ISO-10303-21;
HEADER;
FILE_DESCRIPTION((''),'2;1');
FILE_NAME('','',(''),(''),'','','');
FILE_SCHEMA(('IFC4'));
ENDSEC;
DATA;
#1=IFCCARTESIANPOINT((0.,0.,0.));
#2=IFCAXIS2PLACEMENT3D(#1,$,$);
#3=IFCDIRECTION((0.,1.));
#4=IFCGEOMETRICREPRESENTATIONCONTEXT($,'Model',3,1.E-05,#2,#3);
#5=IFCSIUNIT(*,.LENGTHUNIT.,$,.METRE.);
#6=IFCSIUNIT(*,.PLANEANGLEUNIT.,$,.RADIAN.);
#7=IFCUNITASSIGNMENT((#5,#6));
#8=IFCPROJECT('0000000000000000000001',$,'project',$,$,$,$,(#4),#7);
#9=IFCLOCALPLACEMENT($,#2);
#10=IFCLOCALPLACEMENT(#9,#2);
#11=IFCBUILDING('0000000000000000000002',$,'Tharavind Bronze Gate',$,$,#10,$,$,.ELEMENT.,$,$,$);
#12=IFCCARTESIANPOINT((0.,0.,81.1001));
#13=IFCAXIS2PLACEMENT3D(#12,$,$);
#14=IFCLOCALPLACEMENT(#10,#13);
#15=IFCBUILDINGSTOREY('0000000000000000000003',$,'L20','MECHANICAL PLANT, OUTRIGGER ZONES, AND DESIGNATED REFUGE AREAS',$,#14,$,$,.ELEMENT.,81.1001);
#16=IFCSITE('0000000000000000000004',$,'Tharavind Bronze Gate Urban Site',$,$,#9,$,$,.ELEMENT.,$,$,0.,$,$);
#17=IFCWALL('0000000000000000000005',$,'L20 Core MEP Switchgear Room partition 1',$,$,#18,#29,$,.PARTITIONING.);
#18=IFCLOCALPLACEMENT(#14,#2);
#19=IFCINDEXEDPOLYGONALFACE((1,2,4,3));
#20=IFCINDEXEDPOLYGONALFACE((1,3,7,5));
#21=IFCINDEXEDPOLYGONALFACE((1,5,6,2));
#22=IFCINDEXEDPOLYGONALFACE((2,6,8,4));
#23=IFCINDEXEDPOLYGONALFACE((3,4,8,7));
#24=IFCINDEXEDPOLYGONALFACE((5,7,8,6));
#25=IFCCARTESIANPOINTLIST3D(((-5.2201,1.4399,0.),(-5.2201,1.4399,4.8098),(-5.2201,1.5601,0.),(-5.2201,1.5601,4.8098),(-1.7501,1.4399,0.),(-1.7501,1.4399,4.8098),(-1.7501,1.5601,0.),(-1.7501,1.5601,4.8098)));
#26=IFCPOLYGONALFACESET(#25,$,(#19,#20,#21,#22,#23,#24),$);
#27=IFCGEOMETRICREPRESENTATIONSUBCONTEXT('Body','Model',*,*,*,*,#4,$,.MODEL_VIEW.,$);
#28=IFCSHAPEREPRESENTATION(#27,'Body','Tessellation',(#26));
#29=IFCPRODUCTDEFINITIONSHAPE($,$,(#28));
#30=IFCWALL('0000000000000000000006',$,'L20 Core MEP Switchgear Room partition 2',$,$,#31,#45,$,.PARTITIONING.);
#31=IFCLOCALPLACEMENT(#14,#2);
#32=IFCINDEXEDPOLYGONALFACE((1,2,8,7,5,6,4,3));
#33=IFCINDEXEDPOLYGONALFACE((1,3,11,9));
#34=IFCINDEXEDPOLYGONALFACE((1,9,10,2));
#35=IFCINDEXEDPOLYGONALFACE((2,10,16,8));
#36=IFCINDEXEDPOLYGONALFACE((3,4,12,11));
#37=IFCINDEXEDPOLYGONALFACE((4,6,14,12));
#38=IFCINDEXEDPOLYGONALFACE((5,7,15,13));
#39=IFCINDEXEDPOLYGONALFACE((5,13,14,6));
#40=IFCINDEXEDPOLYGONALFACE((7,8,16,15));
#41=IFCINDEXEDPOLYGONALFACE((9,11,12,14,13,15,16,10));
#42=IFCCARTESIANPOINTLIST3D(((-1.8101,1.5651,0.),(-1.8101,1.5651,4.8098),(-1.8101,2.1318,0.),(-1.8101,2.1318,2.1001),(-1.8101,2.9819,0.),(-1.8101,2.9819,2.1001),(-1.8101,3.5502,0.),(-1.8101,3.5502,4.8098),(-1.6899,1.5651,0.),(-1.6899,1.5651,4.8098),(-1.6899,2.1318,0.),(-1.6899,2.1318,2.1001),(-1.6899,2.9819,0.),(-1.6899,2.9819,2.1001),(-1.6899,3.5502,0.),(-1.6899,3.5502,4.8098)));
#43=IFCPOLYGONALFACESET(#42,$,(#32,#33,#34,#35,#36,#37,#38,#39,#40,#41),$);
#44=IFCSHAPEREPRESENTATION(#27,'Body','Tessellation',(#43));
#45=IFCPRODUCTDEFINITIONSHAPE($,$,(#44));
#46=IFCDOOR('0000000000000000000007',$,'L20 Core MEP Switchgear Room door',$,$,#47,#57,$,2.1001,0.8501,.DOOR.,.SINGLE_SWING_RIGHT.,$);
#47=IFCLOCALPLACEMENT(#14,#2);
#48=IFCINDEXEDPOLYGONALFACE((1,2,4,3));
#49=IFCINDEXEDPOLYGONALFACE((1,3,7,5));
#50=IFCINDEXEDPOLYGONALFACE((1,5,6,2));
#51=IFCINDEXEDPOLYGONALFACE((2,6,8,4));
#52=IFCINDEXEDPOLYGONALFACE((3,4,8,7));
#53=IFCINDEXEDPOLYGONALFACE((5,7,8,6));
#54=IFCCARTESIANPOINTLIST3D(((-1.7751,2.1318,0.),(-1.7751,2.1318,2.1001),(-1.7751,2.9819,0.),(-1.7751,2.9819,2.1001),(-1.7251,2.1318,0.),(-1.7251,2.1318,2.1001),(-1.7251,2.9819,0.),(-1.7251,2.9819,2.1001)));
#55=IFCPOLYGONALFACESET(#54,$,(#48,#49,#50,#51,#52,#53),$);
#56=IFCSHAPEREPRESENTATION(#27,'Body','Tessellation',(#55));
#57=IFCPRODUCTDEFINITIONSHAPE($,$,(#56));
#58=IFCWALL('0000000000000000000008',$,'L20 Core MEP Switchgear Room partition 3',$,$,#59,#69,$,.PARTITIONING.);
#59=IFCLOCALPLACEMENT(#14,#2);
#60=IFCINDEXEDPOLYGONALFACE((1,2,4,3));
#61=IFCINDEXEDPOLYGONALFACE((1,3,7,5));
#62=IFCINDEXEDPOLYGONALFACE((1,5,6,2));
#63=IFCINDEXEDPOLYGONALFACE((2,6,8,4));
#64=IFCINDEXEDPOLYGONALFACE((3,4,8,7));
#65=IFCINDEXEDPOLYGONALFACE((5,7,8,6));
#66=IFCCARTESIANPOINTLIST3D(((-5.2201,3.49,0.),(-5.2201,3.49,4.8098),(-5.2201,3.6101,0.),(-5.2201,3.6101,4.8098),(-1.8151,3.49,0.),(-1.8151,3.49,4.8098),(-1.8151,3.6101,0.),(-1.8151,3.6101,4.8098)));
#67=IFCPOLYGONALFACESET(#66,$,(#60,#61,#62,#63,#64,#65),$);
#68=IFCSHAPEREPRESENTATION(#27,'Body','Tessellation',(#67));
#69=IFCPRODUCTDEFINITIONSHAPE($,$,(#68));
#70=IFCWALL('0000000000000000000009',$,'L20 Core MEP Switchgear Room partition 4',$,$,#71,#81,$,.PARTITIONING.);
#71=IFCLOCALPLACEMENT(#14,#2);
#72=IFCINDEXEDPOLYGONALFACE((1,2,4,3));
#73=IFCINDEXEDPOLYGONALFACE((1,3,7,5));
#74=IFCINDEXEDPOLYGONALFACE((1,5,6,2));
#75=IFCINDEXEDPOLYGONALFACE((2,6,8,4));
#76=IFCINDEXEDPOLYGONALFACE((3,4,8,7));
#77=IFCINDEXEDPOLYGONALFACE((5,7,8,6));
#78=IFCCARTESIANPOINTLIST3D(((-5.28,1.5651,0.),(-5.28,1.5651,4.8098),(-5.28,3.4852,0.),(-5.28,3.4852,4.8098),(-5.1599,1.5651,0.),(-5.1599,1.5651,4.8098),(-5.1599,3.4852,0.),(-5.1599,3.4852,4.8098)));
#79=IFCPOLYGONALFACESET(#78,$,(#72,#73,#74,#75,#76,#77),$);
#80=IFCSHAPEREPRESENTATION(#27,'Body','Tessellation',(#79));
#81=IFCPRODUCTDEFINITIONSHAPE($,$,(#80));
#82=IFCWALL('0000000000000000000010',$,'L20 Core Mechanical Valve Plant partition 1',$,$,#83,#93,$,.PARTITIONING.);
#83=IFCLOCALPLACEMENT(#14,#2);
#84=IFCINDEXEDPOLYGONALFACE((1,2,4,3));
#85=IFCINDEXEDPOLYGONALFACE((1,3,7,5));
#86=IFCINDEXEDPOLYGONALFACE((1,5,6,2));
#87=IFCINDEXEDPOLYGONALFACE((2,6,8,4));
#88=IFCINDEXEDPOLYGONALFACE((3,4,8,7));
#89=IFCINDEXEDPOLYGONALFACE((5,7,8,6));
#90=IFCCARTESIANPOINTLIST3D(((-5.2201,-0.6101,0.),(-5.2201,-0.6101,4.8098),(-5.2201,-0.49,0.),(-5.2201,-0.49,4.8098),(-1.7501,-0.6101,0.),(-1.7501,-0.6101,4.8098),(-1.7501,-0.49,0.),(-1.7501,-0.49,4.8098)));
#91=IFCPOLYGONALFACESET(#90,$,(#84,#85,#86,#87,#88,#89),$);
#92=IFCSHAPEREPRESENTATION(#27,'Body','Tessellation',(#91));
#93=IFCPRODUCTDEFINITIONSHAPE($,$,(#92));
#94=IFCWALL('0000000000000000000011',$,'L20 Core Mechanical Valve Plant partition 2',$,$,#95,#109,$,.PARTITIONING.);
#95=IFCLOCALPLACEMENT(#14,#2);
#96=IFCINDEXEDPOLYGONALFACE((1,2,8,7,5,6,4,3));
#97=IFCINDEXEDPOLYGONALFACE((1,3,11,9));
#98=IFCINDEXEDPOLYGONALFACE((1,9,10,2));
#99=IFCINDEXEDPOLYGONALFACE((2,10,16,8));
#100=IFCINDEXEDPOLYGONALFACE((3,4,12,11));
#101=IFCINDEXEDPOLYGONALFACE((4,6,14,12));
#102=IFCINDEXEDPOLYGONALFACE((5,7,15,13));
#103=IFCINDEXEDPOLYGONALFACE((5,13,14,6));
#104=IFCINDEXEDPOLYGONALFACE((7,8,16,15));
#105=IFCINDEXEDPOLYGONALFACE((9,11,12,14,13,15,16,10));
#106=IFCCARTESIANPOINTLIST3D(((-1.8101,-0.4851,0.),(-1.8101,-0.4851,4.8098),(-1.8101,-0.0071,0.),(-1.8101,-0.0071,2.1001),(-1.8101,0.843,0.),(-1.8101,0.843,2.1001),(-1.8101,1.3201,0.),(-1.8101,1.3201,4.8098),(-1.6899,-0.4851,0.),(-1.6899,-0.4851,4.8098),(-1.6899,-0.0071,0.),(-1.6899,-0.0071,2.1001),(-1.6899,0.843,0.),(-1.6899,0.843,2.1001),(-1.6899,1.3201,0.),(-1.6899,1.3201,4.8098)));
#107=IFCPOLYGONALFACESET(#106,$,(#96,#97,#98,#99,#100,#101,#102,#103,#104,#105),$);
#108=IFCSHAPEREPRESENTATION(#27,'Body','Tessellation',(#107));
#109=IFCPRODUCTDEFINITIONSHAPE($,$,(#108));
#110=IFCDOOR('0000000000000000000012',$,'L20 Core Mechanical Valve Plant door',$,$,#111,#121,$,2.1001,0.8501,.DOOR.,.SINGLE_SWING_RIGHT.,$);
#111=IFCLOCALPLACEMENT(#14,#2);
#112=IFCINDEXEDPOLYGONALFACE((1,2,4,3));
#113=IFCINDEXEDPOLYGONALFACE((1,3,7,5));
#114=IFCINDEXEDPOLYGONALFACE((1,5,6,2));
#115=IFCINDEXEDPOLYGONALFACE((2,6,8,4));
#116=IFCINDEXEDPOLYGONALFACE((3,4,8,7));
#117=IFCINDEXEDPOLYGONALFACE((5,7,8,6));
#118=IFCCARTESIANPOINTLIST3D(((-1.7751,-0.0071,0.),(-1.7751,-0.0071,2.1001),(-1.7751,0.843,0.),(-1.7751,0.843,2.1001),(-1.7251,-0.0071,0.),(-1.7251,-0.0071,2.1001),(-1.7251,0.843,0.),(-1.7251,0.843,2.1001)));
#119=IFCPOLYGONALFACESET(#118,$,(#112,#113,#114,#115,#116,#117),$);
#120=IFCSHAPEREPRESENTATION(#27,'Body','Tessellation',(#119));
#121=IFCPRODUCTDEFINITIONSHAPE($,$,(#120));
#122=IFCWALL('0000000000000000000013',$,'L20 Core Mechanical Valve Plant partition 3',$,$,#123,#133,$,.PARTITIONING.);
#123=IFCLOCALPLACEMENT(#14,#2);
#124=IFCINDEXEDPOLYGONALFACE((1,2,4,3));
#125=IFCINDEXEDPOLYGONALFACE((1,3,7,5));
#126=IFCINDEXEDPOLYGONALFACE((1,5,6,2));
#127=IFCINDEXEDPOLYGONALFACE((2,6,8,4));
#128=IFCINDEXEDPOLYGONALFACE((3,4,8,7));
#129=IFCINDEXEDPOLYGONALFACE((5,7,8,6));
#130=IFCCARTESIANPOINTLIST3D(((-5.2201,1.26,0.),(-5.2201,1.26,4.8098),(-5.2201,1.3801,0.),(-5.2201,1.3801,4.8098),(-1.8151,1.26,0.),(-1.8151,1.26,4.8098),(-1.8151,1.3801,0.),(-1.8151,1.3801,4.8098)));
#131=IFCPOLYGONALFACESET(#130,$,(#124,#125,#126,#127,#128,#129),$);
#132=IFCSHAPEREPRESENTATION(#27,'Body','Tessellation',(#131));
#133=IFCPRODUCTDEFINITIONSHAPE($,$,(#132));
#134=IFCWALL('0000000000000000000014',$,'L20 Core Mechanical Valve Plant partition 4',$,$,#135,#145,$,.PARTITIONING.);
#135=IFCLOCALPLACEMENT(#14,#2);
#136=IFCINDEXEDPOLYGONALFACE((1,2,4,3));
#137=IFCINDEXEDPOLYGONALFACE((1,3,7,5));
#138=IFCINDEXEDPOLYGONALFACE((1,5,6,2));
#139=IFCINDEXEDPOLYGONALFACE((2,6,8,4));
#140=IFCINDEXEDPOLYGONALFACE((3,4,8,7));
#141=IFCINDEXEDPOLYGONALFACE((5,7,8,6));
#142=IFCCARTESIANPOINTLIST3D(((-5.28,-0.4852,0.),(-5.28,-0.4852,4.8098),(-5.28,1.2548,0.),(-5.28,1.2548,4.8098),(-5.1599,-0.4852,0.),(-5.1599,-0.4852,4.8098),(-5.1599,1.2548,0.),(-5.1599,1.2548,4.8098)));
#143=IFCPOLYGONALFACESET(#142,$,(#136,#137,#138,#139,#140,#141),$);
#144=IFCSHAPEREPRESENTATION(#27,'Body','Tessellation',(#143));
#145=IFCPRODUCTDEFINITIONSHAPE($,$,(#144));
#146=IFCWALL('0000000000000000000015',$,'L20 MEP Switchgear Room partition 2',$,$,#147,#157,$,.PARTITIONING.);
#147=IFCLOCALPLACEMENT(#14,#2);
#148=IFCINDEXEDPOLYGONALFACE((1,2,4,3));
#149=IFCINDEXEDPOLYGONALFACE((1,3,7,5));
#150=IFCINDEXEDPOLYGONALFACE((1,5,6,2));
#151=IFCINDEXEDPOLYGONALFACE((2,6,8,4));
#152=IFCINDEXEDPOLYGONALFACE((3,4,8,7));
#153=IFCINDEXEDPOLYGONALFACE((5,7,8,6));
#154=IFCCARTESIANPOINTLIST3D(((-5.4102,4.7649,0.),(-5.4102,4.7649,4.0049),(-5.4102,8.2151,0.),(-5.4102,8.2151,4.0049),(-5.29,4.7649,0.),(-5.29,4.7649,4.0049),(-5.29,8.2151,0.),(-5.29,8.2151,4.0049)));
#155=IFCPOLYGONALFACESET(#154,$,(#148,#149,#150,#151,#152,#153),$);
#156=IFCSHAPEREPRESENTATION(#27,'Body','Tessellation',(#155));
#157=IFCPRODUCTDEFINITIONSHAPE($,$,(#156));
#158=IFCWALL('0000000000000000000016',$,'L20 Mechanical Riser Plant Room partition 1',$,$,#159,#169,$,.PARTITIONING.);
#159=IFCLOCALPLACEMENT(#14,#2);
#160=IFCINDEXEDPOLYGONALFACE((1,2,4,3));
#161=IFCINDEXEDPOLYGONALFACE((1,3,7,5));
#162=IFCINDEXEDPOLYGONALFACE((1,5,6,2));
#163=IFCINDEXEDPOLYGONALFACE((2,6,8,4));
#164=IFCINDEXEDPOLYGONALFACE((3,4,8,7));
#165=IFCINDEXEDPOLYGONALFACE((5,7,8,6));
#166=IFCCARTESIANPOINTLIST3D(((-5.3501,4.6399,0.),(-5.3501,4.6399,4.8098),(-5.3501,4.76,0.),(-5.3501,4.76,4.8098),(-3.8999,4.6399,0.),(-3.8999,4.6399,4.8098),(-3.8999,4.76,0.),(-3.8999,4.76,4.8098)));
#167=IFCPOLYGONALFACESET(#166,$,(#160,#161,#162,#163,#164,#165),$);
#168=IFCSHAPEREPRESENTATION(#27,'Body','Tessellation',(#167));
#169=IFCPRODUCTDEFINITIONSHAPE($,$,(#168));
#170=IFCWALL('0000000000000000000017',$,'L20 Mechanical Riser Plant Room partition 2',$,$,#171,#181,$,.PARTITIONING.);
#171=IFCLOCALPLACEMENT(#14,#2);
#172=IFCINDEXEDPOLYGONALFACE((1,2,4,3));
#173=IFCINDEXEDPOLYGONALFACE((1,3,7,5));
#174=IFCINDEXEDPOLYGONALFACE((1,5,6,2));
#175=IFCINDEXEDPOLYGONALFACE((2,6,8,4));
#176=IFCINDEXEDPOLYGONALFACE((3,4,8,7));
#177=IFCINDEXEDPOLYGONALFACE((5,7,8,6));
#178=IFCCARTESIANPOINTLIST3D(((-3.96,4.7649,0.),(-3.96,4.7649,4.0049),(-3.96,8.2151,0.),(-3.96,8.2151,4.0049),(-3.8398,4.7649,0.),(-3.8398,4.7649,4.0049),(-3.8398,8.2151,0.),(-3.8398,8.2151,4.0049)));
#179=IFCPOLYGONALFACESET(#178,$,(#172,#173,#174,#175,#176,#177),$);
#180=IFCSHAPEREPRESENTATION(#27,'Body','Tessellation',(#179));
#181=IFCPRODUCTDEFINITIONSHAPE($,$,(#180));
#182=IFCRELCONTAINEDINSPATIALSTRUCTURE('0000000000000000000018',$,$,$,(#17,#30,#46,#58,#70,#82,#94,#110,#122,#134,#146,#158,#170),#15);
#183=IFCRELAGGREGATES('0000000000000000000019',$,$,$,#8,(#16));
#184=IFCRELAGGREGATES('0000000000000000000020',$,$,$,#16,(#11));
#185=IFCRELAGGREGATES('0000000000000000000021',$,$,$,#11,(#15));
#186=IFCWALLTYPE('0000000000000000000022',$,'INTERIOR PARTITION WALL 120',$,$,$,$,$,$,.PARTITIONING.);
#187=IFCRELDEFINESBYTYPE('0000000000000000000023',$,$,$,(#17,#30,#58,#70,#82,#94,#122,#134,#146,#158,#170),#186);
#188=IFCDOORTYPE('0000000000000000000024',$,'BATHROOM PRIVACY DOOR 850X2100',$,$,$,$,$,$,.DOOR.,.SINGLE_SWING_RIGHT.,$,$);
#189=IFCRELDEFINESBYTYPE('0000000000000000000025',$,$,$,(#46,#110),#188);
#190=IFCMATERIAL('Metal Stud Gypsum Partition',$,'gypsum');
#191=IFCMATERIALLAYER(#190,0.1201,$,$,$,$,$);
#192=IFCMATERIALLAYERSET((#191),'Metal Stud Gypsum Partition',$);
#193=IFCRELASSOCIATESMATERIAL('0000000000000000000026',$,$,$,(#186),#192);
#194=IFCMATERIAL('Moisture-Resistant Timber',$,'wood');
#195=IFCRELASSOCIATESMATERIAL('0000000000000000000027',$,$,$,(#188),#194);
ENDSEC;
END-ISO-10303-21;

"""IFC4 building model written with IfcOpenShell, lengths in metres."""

from ifc_helpers import new_model, si_unit, direction, frame, frame_2d, origin, place, context, subcontext, project, spatial, rectangle, extrude, material, layer, layer_set, type_object, element, fill, save


model = new_model("IFC4")

# Units and contexts
model_context = context("Model", 3, precision=1e-05, world=origin(), true_north=direction((0.0, 1.0)))
body_context = subcontext(model_context, "Body", "Model", "MODEL_VIEW")
ifc_project = project(units=[si_unit("LENGTHUNIT", "METRE"), si_unit("PLANEANGLEUNIT", "RADIAN")], contexts=[model_context])

# Site, building, storey
site_placement = place(None, origin())
site = spatial("IfcSite", under=ifc_project, at=site_placement, Name="Tharavind Bronze Gate Urban Site", CompositionType="ELEMENT", RefElevation=0.0)
building_placement = place(site_placement, origin())
building = spatial("IfcBuilding", under=site, at=building_placement, Name="Tharavind Bronze Gate", CompositionType="ELEMENT")
storey_placement = place(building_placement, frame((0.0, 0.0, 81.1001)))
storey = spatial("IfcBuildingStorey", under=building, at=storey_placement, Name="L20", Description="MECHANICAL PLANT, OUTRIGGER ZONES, AND DESIGNATED REFUGE AREAS", CompositionType="ELEMENT", Elevation=81.1001)

# Wall
ifc_material_1 = material(Name="Metal Stud Gypsum Partition", Category="gypsum")
ifc_layer_1 = layer(ifc_material_1, 0.1201)
ifc_layer_set_1 = layer_set([ifc_layer_1], Name="Metal Stud Gypsum Partition")
wall_type_1 = type_object("IfcWallType", Name="INTERIOR PARTITION WALL 120", PredefinedType="PARTITIONING", material=ifc_layer_set_1)
wall_1_placement = place(storey_placement, frame((-5.22, 1.5, 0.0), z_axis=(0.0, 0.0, 1.0), x_axis=(1.0, 0.0, 0.0)))
element("IfcWall", 1, at=wall_1_placement, inside=storey, type_object=wall_type_1, Name="L20 Core MEP Switchgear Room partition 1", PredefinedType="PARTITIONING", context=body_context, shape_type="SweptSolid", body=[
    extrude(rectangle(XDim=3.47, YDim=0.1201, at=frame_2d((1.7349, 0.0))), origin(), (0.0, 0.0, 1.0), 4.8098),
])

# Wall, opening, door
wall_2_placement = place(storey_placement, frame((-1.75, 1.5649, 0.0), z_axis=(0.0, 0.0, 1.0), x_axis=(0.0, 1.0, 0.0)))
wall_2 = element("IfcWall", 2, at=wall_2_placement, inside=storey, type_object=wall_type_1, Name="L20 Core MEP Switchgear Room partition 2", PredefinedType="PARTITIONING", context=body_context, shape_type="SweptSolid", body=[
    extrude(rectangle(XDim=1.9851, YDim=0.1201, at=frame_2d((0.9927, 0.0))), origin(), (0.0, 0.0, 1.0), 4.8098),
])
opening_1_placement = place(wall_2_placement, frame((0.5669, 0.0, 0.0)))
opening_1 = element("IfcOpeningElement", 3, at=opening_1_placement, cuts=wall_2, PredefinedType="OPENING", context=body_context, shape_type="SweptSolid", body=[
    extrude(rectangle(XDim=0.8501, YDim=2.1001, at=frame_2d((0.425, 1.05))), frame((0.0, 0.0701, 0.0), z_axis=(0.0, -1.0, 0.0), x_axis=(1.0, 0.0, 0.0)), (0.0, 0.0, 1.0), 0.1401),
])
ifc_material_2 = material(Name="Moisture-Resistant Timber", Category="wood")
door_type = type_object("IfcDoorType", Name="BATHROOM PRIVACY DOOR 850X2100", OperationType="SINGLE_SWING_RIGHT", PredefinedType="DOOR", material=ifc_material_2)
door_1_placement = place(opening_1_placement, frame((0.8501, 0.0, 0.0), z_axis=(0.0, 0.0, 1.0), x_axis=(-1.0, 0.0, 0.0)))
door_1 = element("IfcDoor", 4, at=door_1_placement, inside=storey, type_object=door_type, Name="L20 Core MEP Switchgear Room door", OperationType="SINGLE_SWING_RIGHT", OverallHeight=2.1001, OverallWidth=0.8501, PredefinedType="DOOR", context=body_context, shape_type="SweptSolid", body=[
    extrude(rectangle(XDim=0.8501, YDim=2.1001, at=frame_2d((0.425, 1.05))), frame((0.0, 0.0249, 0.0), z_axis=(0.0, -1.0, 0.0), x_axis=(1.0, 0.0, 0.0)), (0.0, 0.0, 1.0), 0.05),
])
fill(opening_1, door_1)

# Walls
wall_3_placement = place(storey_placement, frame((-1.8149, 3.55, 0.0), z_axis=(0.0, 0.0, 1.0), x_axis=(-1.0, 0.0, 0.0)))
element("IfcWall", 5, at=wall_3_placement, inside=storey, type_object=wall_type_1, Name="L20 Core MEP Switchgear Room partition 3", PredefinedType="PARTITIONING", context=body_context, shape_type="SweptSolid", body=[
    extrude(rectangle(XDim=3.405, YDim=0.1201, at=frame_2d((1.7026, 0.0))), origin(), (0.0, 0.0, 1.0), 4.8098),
])
wall_4_placement = place(storey_placement, frame((-5.22, 3.4851, 0.0), z_axis=(0.0, 0.0, 1.0), x_axis=(0.0, -1.0, 0.0)))
element("IfcWall", 6, at=wall_4_placement, inside=storey, type_object=wall_type_1, Name="L20 Core MEP Switchgear Room partition 4", PredefinedType="PARTITIONING", context=body_context, shape_type="SweptSolid", body=[
    extrude(rectangle(XDim=1.9202, YDim=0.1201, at=frame_2d((0.96, 0.0))), origin(), (0.0, 0.0, 1.0), 4.8098),
])
wall_5_placement = place(storey_placement, frame((-5.22, -0.55, 0.0), z_axis=(0.0, 0.0, 1.0), x_axis=(1.0, 0.0, 0.0)))
element("IfcWall", 7, at=wall_5_placement, inside=storey, type_object=wall_type_1, Name="L20 Core Mechanical Valve Plant partition 1", PredefinedType="PARTITIONING", context=body_context, shape_type="SweptSolid", body=[
    extrude(rectangle(XDim=3.47, YDim=0.1201, at=frame_2d((1.7349, 0.0))), origin(), (0.0, 0.0, 1.0), 4.8098),
])

# Wall, opening, door
wall_6_placement = place(storey_placement, frame((-1.75, -0.4851, 0.0), z_axis=(0.0, 0.0, 1.0), x_axis=(0.0, 1.0, 0.0)))
wall_6 = element("IfcWall", 8, at=wall_6_placement, inside=storey, type_object=wall_type_1, Name="L20 Core Mechanical Valve Plant partition 2", PredefinedType="PARTITIONING", context=body_context, shape_type="SweptSolid", body=[
    extrude(rectangle(XDim=1.8052, YDim=0.1201, at=frame_2d((0.9026, 0.0))), origin(), (0.0, 0.0, 1.0), 4.8098),
])
opening_2_placement = place(wall_6_placement, frame((0.478, 0.0, 0.0)))
opening_2 = element("IfcOpeningElement", 9, at=opening_2_placement, cuts=wall_6, PredefinedType="OPENING", context=body_context, shape_type="SweptSolid", body=[
    extrude(rectangle(XDim=0.8501, YDim=2.1001, at=frame_2d((0.425, 1.05))), frame((0.0, 0.0701, 0.0), z_axis=(0.0, -1.0, 0.0), x_axis=(1.0, 0.0, 0.0)), (0.0, 0.0, 1.0), 0.1401),
])
door_2_placement = place(opening_2_placement, frame((0.8501, 0.0, 0.0), z_axis=(0.0, 0.0, 1.0), x_axis=(-1.0, 0.0, 0.0)))
door_2 = element("IfcDoor", 10, at=door_2_placement, inside=storey, type_object=door_type, Name="L20 Core Mechanical Valve Plant door", OperationType="SINGLE_SWING_RIGHT", OverallHeight=2.1001, OverallWidth=0.8501, PredefinedType="DOOR", context=body_context, shape_type="SweptSolid", body=[
    extrude(rectangle(XDim=0.8501, YDim=2.1001, at=frame_2d((0.425, 1.05))), frame((0.0, 0.0249, 0.0), z_axis=(0.0, -1.0, 0.0), x_axis=(1.0, 0.0, 0.0)), (0.0, 0.0, 1.0), 0.05),
])
fill(opening_2, door_2)

# Walls
wall_7_placement = place(storey_placement, frame((-1.8149, 1.3201, 0.0), z_axis=(0.0, 0.0, 1.0), x_axis=(-1.0, 0.0, 0.0)))
element("IfcWall", 11, at=wall_7_placement, inside=storey, type_object=wall_type_1, Name="L20 Core Mechanical Valve Plant partition 3", PredefinedType="PARTITIONING", context=body_context, shape_type="SweptSolid", body=[
    extrude(rectangle(XDim=3.405, YDim=0.1201, at=frame_2d((1.7026, 0.0))), origin(), (0.0, 0.0, 1.0), 4.8098),
])
wall_8_placement = place(storey_placement, frame((-5.22, 1.2549, 0.0), z_axis=(0.0, 0.0, 1.0), x_axis=(0.0, -1.0, 0.0)))
element("IfcWall", 12, at=wall_8_placement, inside=storey, type_object=wall_type_1, Name="L20 Core Mechanical Valve Plant partition 4", PredefinedType="PARTITIONING", context=body_context, shape_type="SweptSolid", body=[
    extrude(rectangle(XDim=1.74, YDim=0.1201, at=frame_2d((0.8701, 0.0))), origin(), (0.0, 0.0, 1.0), 4.8098),
])
wall_9_placement = place(storey_placement, frame((-5.3501, 4.7649, 0.0), z_axis=(0.0, 0.0, 1.0), x_axis=(0.0, 1.0, 0.0)))
element("IfcWall", 13, at=wall_9_placement, inside=storey, type_object=wall_type_1, Name="L20 MEP Switchgear Room partition 2", PredefinedType="PARTITIONING", context=body_context, shape_type="SweptSolid", body=[
    extrude(rectangle(XDim=3.4502, YDim=0.1201, at=frame_2d((1.7251, 0.0))), origin(), (0.0, 0.0, 1.0), 4.0049),
])
wall_10_placement = place(storey_placement, frame((-5.3501, 4.7, 0.0), z_axis=(0.0, 0.0, 1.0), x_axis=(1.0, 0.0, 0.0)))
element("IfcWall", 14, at=wall_10_placement, inside=storey, type_object=wall_type_1, Name="L20 Mechanical Riser Plant Room partition 1", PredefinedType="PARTITIONING", context=body_context, shape_type="SweptSolid", body=[
    extrude(rectangle(XDim=1.4502, YDim=0.1201, at=frame_2d((0.7251, 0.0))), origin(), (0.0, 0.0, 1.0), 4.8098),
])
wall_11_placement = place(storey_placement, frame((-3.8999, 4.7649, 0.0), z_axis=(0.0, 0.0, 1.0), x_axis=(0.0, 1.0, 0.0)))
element("IfcWall", 15, at=wall_11_placement, inside=storey, type_object=wall_type_1, Name="L20 Mechanical Riser Plant Room partition 2", PredefinedType="PARTITIONING", context=body_context, shape_type="SweptSolid", body=[
    extrude(rectangle(XDim=3.4502, YDim=0.1201, at=frame_2d((1.7251, 0.0))), origin(), (0.0, 0.0, 1.0), 4.0049),
])

save(model, "model.ifc")
